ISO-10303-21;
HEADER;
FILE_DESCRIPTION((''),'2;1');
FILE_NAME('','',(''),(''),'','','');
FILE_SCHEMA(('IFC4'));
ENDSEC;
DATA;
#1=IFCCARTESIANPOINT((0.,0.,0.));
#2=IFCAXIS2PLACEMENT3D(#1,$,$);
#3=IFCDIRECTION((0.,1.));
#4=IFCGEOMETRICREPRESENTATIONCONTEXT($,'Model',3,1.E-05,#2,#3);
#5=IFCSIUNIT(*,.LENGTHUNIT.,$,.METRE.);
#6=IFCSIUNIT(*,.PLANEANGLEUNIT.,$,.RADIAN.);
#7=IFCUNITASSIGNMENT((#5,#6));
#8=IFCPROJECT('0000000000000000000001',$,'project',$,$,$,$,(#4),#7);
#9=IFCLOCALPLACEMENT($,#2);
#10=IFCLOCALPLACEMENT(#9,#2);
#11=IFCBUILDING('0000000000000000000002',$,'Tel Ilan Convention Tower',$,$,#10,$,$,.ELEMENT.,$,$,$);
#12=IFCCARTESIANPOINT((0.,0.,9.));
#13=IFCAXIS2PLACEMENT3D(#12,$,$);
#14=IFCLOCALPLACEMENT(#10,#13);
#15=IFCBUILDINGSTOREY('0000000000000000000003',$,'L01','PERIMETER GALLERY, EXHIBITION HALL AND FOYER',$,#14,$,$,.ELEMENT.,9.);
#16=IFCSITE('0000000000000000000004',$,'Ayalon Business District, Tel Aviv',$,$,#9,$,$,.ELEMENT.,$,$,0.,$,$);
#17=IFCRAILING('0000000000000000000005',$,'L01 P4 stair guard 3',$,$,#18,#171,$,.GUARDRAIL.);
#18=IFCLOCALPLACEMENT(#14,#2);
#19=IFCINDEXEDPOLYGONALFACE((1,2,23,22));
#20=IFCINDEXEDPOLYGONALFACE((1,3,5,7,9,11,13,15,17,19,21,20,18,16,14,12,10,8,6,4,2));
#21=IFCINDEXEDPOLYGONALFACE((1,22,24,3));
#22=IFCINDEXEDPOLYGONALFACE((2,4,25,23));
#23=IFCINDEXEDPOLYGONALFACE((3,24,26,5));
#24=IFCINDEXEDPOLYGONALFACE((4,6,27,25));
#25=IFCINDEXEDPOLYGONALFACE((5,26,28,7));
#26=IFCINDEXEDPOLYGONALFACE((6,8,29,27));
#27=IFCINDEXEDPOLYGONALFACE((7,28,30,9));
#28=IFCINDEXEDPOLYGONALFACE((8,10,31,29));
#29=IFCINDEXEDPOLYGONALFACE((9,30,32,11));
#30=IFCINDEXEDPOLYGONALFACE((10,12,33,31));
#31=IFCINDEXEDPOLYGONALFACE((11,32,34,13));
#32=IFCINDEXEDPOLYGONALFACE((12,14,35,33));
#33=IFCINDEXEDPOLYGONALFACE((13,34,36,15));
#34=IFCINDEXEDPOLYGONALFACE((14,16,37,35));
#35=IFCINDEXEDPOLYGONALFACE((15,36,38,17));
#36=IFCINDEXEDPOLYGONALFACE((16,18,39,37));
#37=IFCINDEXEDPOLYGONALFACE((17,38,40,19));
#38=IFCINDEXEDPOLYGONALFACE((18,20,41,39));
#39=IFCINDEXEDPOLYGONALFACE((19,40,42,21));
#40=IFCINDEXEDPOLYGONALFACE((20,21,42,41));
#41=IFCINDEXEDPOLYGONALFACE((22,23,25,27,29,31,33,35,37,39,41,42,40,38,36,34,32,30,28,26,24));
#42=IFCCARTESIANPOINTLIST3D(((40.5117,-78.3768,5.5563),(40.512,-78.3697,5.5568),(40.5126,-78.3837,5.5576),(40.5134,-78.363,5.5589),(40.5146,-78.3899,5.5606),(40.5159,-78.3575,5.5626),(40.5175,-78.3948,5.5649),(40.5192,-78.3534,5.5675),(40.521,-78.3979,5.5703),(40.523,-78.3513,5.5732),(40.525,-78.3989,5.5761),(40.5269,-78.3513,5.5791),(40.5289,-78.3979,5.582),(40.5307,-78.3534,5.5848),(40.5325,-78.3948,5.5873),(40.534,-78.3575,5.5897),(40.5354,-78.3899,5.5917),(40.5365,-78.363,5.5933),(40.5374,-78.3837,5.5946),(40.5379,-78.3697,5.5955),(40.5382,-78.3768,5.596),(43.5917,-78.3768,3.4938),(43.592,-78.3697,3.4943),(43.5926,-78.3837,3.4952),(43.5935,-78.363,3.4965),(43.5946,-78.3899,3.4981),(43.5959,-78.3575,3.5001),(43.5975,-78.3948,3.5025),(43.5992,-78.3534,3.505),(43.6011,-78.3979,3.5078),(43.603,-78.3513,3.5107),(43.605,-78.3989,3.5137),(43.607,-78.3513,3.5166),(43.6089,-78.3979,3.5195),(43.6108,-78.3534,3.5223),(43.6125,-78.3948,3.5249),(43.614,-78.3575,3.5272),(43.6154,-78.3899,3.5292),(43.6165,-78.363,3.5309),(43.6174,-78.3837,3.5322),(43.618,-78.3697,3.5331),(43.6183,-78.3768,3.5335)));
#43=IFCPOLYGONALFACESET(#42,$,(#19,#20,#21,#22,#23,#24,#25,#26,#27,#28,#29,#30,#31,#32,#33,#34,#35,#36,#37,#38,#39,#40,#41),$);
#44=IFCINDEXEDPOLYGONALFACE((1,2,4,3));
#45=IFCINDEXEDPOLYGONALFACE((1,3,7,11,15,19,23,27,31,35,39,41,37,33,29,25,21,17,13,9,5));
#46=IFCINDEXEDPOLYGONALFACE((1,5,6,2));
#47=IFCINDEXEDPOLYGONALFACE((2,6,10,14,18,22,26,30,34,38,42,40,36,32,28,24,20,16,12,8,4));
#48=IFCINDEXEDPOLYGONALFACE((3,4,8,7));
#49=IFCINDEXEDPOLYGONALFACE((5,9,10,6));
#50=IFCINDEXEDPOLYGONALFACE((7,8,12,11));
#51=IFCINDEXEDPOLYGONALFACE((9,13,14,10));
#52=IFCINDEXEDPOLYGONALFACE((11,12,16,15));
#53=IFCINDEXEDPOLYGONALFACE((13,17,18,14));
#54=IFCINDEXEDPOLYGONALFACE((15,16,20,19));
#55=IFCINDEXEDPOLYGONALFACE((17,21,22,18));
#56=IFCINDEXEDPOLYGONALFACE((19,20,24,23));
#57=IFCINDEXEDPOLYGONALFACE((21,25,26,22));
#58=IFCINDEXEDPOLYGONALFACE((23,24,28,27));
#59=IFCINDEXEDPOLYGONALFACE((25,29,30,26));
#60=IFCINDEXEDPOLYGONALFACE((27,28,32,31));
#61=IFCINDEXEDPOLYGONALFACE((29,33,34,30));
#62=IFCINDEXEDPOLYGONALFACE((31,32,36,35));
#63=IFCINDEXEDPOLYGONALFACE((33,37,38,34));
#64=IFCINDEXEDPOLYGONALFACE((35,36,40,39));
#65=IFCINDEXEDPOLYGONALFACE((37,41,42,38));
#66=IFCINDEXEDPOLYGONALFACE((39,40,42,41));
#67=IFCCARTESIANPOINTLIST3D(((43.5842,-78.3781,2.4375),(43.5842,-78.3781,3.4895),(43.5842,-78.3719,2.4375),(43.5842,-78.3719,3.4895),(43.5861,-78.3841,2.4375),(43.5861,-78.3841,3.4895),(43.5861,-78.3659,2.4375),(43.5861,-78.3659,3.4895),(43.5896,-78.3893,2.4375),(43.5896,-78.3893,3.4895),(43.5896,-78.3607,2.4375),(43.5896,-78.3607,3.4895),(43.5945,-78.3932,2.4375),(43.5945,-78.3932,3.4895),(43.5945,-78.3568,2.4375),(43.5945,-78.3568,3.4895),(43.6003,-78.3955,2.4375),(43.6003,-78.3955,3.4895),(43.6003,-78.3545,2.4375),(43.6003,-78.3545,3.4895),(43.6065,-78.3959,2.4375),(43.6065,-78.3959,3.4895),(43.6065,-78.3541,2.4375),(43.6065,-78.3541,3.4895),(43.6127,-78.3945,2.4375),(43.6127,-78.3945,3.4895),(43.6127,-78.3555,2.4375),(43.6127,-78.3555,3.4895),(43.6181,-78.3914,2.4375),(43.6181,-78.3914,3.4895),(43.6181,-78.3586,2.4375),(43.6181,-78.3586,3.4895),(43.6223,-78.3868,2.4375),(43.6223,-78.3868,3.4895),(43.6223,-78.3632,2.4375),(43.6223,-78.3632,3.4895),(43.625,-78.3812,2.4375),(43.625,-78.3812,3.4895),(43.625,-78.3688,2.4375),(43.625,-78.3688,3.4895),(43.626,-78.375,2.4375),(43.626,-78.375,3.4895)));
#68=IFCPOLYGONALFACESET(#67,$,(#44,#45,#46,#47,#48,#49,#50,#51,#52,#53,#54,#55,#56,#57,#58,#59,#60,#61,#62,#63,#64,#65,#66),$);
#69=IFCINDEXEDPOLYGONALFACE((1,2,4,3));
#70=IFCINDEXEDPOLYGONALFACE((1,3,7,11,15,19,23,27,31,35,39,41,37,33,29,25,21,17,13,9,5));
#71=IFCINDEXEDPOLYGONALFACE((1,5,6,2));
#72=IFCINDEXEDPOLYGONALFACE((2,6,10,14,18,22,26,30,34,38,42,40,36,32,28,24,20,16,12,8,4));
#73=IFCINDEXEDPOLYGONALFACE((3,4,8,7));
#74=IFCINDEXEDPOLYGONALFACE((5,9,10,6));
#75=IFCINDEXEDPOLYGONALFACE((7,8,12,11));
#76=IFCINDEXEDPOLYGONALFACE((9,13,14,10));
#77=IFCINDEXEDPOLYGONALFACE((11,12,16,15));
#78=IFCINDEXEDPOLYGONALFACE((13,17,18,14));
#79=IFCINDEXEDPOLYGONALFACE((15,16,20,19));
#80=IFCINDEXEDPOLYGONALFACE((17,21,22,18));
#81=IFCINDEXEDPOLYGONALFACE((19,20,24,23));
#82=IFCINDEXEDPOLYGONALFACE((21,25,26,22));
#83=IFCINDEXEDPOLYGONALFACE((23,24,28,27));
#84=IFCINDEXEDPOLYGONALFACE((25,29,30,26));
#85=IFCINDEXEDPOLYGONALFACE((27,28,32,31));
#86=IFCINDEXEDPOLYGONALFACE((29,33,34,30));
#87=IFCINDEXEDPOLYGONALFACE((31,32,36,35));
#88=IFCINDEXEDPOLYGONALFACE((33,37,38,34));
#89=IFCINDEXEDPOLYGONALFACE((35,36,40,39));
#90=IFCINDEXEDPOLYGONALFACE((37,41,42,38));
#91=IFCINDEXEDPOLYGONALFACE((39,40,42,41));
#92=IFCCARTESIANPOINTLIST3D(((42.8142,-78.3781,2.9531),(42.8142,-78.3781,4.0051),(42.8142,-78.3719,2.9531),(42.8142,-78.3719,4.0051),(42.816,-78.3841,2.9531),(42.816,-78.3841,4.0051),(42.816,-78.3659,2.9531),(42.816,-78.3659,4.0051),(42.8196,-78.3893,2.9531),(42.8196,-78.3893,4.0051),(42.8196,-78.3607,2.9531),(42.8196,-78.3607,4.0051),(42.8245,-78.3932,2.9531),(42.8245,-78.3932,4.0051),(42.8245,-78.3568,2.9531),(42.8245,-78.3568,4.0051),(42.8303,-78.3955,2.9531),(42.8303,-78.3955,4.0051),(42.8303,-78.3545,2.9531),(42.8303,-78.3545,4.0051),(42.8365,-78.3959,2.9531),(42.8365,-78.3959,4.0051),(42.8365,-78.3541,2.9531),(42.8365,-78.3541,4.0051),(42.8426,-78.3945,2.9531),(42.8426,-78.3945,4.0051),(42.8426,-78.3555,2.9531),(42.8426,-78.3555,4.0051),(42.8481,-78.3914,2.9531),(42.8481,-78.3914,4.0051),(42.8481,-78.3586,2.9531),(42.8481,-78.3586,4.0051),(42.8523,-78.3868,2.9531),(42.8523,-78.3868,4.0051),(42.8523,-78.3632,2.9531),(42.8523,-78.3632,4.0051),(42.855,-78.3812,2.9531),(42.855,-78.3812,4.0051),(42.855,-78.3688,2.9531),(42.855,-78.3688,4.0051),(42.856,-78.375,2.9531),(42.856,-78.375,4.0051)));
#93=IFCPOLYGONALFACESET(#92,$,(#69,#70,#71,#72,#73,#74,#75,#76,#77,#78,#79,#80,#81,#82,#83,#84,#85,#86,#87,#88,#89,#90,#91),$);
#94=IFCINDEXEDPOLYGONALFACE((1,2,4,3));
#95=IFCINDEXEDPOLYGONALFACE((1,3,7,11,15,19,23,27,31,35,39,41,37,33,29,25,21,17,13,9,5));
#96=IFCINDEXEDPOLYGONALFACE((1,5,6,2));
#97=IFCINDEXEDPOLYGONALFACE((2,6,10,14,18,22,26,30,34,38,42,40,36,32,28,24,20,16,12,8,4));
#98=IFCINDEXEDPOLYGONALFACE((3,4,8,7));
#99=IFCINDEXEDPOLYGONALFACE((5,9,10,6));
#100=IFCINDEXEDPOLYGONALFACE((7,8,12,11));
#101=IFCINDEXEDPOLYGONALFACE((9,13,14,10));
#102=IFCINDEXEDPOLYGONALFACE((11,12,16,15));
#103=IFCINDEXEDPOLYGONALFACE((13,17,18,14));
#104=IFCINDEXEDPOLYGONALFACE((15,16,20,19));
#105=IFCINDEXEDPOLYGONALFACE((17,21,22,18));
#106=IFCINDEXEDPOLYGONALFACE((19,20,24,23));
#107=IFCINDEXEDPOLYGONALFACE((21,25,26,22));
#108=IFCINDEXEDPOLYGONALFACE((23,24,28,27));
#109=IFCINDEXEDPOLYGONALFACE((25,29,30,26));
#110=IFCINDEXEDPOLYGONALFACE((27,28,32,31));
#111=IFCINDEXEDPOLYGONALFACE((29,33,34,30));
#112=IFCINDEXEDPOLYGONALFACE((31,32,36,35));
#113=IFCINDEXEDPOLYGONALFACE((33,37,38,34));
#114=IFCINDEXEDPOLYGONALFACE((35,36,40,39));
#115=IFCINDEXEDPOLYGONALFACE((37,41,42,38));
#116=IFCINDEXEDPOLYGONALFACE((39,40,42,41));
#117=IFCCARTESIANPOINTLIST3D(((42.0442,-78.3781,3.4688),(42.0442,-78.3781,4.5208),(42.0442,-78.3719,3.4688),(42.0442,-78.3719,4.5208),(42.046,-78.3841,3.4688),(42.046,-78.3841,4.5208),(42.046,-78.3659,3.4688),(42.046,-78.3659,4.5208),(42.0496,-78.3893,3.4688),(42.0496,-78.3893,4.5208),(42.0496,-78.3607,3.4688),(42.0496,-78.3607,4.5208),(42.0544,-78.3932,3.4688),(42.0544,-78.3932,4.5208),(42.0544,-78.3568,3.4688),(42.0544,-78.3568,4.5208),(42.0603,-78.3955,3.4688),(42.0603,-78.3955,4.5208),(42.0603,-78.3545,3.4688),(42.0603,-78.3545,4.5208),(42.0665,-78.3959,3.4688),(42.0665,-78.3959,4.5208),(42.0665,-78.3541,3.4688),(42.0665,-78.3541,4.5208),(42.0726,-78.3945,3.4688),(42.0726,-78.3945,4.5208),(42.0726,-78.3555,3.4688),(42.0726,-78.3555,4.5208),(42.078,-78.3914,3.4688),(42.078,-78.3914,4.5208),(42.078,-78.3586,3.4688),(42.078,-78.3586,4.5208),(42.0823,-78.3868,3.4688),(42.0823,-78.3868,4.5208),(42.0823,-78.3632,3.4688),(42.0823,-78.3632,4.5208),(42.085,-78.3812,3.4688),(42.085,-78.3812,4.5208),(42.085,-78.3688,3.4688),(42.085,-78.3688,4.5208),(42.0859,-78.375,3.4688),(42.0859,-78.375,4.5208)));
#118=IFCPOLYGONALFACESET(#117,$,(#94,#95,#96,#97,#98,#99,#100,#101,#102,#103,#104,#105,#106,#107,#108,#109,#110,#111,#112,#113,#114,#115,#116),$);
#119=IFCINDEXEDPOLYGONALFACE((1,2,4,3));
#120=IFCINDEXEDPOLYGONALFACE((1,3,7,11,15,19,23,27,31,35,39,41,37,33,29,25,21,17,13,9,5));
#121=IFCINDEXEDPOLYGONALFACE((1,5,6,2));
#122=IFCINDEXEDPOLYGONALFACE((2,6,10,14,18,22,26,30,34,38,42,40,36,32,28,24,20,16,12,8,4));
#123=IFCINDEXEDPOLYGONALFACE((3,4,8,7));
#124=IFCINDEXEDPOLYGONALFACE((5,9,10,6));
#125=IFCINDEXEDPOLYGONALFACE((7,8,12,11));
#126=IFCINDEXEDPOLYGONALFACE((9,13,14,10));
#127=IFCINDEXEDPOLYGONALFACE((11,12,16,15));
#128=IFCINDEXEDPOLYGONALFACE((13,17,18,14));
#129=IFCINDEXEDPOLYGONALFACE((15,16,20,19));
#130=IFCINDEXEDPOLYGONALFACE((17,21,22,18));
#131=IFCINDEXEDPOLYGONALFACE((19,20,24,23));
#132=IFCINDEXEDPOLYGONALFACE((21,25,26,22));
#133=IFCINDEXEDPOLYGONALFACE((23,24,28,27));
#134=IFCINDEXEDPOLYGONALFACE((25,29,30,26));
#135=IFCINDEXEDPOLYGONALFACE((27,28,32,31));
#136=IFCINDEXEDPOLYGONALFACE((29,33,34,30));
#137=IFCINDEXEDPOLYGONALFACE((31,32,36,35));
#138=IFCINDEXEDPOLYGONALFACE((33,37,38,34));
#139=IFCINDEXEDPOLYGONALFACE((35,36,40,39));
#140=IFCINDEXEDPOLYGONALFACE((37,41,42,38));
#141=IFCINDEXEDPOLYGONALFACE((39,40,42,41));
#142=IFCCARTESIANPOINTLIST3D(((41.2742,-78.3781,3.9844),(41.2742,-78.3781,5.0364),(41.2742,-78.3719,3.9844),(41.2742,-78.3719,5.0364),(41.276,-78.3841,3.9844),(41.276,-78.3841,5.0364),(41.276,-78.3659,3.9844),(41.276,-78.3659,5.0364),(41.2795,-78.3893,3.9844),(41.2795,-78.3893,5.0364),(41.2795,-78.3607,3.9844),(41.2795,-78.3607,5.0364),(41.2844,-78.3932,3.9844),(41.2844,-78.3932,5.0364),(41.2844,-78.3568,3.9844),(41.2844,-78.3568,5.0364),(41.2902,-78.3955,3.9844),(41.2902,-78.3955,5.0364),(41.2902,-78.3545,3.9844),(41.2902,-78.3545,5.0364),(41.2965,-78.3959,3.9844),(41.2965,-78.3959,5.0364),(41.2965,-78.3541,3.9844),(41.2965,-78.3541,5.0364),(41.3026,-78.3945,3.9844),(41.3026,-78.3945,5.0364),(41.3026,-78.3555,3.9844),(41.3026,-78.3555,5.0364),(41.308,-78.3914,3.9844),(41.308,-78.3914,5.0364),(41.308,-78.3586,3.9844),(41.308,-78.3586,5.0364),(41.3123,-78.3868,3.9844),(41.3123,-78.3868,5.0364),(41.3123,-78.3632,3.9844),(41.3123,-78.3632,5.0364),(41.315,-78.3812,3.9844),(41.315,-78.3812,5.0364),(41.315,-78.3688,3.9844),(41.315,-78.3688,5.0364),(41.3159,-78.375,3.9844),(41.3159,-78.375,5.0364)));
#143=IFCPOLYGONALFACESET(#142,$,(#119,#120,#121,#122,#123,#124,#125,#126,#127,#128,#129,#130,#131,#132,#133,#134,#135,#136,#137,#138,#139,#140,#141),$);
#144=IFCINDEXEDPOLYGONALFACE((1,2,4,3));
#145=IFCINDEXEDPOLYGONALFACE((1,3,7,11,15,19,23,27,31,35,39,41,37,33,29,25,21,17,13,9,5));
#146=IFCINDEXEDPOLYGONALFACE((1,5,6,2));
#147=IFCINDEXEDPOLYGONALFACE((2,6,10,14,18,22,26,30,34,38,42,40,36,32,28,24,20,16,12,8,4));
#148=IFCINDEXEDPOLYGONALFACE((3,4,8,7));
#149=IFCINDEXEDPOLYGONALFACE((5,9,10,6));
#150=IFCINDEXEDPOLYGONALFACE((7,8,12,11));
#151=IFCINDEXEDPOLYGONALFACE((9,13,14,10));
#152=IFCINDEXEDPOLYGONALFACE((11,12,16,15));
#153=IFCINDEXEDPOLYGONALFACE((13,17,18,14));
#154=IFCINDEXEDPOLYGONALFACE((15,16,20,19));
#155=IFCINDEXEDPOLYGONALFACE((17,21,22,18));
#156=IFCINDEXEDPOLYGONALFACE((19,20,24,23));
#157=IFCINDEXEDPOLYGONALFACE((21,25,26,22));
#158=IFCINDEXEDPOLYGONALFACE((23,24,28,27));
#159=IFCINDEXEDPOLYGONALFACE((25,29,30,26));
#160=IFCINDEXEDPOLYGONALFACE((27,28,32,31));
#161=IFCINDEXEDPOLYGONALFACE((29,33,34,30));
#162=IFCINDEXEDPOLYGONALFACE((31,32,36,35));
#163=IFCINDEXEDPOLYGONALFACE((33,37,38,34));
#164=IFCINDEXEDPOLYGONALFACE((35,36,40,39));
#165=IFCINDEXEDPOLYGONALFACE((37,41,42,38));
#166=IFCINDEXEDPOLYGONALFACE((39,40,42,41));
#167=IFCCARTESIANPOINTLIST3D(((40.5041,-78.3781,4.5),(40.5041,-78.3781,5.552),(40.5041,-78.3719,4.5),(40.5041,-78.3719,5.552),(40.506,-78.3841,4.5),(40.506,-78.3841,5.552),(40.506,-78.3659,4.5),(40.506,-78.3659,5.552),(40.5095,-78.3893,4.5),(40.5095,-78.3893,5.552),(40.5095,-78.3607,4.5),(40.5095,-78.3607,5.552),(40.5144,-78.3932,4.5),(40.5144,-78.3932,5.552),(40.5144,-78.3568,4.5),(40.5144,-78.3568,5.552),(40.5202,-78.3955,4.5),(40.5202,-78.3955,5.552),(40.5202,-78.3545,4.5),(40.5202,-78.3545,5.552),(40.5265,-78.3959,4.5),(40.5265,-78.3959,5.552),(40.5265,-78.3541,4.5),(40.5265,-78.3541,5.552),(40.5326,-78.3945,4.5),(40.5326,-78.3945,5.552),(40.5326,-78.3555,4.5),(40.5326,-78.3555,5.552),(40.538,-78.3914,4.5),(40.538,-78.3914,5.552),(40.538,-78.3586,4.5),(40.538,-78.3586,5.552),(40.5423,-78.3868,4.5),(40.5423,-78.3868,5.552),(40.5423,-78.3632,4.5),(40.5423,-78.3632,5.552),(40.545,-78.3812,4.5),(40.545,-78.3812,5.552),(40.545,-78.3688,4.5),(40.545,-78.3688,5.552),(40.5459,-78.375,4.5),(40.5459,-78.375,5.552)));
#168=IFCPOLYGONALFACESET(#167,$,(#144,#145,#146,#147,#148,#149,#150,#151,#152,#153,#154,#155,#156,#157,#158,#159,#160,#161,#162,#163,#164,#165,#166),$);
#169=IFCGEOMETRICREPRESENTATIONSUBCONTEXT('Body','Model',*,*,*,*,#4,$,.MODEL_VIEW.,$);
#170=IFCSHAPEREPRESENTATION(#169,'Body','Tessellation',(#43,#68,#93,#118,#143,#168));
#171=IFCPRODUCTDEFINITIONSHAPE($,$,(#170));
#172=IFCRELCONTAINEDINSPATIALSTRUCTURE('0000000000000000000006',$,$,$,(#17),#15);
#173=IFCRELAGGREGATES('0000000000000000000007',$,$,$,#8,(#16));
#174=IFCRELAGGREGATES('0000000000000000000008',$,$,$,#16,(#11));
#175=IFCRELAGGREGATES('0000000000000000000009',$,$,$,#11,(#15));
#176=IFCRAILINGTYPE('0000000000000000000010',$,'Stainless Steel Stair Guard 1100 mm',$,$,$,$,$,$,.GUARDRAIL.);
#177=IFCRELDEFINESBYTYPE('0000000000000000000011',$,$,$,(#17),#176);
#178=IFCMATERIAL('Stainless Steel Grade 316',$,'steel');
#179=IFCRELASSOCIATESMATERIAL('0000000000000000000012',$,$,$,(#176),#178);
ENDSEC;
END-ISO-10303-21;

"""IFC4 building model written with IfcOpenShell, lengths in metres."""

from ifc_helpers import new_model, si_unit, direction, frame, origin, origin_2d, place, context, subcontext, project, spatial, circle, extrude, material, type_object, element, save


model = new_model("IFC4")

# Units and contexts
model_context = context("Model", 3, precision=1e-05, world=origin(), true_north=direction((0.0, 1.0)))
body_context = subcontext(model_context, "Body", "Model", "MODEL_VIEW")
ifc_project = project(units=[si_unit("LENGTHUNIT", "METRE"), si_unit("PLANEANGLEUNIT", "RADIAN")], contexts=[model_context])

# Site, building, storey
site_placement = place(None, origin())
site = spatial("IfcSite", under=ifc_project, at=site_placement, Name="Ayalon Business District, Tel Aviv", CompositionType="ELEMENT", RefElevation=0.0)
building_placement = place(site_placement, origin())
building = spatial("IfcBuilding", under=site, at=building_placement, Name="Tel Ilan Convention Tower", CompositionType="ELEMENT")
storey_placement = place(building_placement, frame((0.0, 0.0, 9.0)))
storey = spatial("IfcBuildingStorey", under=building, at=storey_placement, Name="L01", Description="PERIMETER GALLERY, EXHIBITION HALL AND FOYER", CompositionType="ELEMENT", Elevation=9.0)

# Railing
ifc_material_1 = material(Name="Stainless Steel Grade 316", Category="steel")
railing_type_1 = type_object("IfcRailingType", Name="Stainless Steel Stair Guard 1100 mm", PredefinedType="GUARDRAIL", material=ifc_material_1)
railing_1_placement = place(storey_placement, frame((43.605, -78.375, 2.4375)))
element("IfcRailing", 1, at=railing_1_placement, inside=storey, type_object=railing_type_1, Name="L01 P4 stair guard 3", PredefinedType="GUARDRAIL", context=body_context, shape_type="SweptSolid", body=[
    extrude(circle(Radius=0.0239, at=origin_2d()), frame((0.0, 0.0, 1.0762), z_axis=(-0.830914, 0.0, 0.556401), x_axis=(0.0, -1.0, 0.0)), (0.0, 0.0, 1.0), 3.7068),
    extrude(circle(Radius=0.021, at=origin_2d()), origin(), (0.0, 0.0, 1.0), 1.052),
    extrude(circle(Radius=0.021, at=origin_2d()), frame((-0.77, 0.0, 0.5156)), (0.0, 0.0, 1.0), 1.052),
    extrude(circle(Radius=0.021, at=origin_2d()), frame((-1.54, 0.0, 1.0312)), (0.0, 0.0, 1.0), 1.052),
    extrude(circle(Radius=0.021, at=origin_2d()), frame((-2.3101, 0.0, 1.5469)), (0.0, 0.0, 1.0), 1.052),
    extrude(circle(Radius=0.021, at=origin_2d()), frame((-3.0801, 0.0, 2.0625)), (0.0, 0.0, 1.0), 1.052),
])

save(model, "model.ifc")
